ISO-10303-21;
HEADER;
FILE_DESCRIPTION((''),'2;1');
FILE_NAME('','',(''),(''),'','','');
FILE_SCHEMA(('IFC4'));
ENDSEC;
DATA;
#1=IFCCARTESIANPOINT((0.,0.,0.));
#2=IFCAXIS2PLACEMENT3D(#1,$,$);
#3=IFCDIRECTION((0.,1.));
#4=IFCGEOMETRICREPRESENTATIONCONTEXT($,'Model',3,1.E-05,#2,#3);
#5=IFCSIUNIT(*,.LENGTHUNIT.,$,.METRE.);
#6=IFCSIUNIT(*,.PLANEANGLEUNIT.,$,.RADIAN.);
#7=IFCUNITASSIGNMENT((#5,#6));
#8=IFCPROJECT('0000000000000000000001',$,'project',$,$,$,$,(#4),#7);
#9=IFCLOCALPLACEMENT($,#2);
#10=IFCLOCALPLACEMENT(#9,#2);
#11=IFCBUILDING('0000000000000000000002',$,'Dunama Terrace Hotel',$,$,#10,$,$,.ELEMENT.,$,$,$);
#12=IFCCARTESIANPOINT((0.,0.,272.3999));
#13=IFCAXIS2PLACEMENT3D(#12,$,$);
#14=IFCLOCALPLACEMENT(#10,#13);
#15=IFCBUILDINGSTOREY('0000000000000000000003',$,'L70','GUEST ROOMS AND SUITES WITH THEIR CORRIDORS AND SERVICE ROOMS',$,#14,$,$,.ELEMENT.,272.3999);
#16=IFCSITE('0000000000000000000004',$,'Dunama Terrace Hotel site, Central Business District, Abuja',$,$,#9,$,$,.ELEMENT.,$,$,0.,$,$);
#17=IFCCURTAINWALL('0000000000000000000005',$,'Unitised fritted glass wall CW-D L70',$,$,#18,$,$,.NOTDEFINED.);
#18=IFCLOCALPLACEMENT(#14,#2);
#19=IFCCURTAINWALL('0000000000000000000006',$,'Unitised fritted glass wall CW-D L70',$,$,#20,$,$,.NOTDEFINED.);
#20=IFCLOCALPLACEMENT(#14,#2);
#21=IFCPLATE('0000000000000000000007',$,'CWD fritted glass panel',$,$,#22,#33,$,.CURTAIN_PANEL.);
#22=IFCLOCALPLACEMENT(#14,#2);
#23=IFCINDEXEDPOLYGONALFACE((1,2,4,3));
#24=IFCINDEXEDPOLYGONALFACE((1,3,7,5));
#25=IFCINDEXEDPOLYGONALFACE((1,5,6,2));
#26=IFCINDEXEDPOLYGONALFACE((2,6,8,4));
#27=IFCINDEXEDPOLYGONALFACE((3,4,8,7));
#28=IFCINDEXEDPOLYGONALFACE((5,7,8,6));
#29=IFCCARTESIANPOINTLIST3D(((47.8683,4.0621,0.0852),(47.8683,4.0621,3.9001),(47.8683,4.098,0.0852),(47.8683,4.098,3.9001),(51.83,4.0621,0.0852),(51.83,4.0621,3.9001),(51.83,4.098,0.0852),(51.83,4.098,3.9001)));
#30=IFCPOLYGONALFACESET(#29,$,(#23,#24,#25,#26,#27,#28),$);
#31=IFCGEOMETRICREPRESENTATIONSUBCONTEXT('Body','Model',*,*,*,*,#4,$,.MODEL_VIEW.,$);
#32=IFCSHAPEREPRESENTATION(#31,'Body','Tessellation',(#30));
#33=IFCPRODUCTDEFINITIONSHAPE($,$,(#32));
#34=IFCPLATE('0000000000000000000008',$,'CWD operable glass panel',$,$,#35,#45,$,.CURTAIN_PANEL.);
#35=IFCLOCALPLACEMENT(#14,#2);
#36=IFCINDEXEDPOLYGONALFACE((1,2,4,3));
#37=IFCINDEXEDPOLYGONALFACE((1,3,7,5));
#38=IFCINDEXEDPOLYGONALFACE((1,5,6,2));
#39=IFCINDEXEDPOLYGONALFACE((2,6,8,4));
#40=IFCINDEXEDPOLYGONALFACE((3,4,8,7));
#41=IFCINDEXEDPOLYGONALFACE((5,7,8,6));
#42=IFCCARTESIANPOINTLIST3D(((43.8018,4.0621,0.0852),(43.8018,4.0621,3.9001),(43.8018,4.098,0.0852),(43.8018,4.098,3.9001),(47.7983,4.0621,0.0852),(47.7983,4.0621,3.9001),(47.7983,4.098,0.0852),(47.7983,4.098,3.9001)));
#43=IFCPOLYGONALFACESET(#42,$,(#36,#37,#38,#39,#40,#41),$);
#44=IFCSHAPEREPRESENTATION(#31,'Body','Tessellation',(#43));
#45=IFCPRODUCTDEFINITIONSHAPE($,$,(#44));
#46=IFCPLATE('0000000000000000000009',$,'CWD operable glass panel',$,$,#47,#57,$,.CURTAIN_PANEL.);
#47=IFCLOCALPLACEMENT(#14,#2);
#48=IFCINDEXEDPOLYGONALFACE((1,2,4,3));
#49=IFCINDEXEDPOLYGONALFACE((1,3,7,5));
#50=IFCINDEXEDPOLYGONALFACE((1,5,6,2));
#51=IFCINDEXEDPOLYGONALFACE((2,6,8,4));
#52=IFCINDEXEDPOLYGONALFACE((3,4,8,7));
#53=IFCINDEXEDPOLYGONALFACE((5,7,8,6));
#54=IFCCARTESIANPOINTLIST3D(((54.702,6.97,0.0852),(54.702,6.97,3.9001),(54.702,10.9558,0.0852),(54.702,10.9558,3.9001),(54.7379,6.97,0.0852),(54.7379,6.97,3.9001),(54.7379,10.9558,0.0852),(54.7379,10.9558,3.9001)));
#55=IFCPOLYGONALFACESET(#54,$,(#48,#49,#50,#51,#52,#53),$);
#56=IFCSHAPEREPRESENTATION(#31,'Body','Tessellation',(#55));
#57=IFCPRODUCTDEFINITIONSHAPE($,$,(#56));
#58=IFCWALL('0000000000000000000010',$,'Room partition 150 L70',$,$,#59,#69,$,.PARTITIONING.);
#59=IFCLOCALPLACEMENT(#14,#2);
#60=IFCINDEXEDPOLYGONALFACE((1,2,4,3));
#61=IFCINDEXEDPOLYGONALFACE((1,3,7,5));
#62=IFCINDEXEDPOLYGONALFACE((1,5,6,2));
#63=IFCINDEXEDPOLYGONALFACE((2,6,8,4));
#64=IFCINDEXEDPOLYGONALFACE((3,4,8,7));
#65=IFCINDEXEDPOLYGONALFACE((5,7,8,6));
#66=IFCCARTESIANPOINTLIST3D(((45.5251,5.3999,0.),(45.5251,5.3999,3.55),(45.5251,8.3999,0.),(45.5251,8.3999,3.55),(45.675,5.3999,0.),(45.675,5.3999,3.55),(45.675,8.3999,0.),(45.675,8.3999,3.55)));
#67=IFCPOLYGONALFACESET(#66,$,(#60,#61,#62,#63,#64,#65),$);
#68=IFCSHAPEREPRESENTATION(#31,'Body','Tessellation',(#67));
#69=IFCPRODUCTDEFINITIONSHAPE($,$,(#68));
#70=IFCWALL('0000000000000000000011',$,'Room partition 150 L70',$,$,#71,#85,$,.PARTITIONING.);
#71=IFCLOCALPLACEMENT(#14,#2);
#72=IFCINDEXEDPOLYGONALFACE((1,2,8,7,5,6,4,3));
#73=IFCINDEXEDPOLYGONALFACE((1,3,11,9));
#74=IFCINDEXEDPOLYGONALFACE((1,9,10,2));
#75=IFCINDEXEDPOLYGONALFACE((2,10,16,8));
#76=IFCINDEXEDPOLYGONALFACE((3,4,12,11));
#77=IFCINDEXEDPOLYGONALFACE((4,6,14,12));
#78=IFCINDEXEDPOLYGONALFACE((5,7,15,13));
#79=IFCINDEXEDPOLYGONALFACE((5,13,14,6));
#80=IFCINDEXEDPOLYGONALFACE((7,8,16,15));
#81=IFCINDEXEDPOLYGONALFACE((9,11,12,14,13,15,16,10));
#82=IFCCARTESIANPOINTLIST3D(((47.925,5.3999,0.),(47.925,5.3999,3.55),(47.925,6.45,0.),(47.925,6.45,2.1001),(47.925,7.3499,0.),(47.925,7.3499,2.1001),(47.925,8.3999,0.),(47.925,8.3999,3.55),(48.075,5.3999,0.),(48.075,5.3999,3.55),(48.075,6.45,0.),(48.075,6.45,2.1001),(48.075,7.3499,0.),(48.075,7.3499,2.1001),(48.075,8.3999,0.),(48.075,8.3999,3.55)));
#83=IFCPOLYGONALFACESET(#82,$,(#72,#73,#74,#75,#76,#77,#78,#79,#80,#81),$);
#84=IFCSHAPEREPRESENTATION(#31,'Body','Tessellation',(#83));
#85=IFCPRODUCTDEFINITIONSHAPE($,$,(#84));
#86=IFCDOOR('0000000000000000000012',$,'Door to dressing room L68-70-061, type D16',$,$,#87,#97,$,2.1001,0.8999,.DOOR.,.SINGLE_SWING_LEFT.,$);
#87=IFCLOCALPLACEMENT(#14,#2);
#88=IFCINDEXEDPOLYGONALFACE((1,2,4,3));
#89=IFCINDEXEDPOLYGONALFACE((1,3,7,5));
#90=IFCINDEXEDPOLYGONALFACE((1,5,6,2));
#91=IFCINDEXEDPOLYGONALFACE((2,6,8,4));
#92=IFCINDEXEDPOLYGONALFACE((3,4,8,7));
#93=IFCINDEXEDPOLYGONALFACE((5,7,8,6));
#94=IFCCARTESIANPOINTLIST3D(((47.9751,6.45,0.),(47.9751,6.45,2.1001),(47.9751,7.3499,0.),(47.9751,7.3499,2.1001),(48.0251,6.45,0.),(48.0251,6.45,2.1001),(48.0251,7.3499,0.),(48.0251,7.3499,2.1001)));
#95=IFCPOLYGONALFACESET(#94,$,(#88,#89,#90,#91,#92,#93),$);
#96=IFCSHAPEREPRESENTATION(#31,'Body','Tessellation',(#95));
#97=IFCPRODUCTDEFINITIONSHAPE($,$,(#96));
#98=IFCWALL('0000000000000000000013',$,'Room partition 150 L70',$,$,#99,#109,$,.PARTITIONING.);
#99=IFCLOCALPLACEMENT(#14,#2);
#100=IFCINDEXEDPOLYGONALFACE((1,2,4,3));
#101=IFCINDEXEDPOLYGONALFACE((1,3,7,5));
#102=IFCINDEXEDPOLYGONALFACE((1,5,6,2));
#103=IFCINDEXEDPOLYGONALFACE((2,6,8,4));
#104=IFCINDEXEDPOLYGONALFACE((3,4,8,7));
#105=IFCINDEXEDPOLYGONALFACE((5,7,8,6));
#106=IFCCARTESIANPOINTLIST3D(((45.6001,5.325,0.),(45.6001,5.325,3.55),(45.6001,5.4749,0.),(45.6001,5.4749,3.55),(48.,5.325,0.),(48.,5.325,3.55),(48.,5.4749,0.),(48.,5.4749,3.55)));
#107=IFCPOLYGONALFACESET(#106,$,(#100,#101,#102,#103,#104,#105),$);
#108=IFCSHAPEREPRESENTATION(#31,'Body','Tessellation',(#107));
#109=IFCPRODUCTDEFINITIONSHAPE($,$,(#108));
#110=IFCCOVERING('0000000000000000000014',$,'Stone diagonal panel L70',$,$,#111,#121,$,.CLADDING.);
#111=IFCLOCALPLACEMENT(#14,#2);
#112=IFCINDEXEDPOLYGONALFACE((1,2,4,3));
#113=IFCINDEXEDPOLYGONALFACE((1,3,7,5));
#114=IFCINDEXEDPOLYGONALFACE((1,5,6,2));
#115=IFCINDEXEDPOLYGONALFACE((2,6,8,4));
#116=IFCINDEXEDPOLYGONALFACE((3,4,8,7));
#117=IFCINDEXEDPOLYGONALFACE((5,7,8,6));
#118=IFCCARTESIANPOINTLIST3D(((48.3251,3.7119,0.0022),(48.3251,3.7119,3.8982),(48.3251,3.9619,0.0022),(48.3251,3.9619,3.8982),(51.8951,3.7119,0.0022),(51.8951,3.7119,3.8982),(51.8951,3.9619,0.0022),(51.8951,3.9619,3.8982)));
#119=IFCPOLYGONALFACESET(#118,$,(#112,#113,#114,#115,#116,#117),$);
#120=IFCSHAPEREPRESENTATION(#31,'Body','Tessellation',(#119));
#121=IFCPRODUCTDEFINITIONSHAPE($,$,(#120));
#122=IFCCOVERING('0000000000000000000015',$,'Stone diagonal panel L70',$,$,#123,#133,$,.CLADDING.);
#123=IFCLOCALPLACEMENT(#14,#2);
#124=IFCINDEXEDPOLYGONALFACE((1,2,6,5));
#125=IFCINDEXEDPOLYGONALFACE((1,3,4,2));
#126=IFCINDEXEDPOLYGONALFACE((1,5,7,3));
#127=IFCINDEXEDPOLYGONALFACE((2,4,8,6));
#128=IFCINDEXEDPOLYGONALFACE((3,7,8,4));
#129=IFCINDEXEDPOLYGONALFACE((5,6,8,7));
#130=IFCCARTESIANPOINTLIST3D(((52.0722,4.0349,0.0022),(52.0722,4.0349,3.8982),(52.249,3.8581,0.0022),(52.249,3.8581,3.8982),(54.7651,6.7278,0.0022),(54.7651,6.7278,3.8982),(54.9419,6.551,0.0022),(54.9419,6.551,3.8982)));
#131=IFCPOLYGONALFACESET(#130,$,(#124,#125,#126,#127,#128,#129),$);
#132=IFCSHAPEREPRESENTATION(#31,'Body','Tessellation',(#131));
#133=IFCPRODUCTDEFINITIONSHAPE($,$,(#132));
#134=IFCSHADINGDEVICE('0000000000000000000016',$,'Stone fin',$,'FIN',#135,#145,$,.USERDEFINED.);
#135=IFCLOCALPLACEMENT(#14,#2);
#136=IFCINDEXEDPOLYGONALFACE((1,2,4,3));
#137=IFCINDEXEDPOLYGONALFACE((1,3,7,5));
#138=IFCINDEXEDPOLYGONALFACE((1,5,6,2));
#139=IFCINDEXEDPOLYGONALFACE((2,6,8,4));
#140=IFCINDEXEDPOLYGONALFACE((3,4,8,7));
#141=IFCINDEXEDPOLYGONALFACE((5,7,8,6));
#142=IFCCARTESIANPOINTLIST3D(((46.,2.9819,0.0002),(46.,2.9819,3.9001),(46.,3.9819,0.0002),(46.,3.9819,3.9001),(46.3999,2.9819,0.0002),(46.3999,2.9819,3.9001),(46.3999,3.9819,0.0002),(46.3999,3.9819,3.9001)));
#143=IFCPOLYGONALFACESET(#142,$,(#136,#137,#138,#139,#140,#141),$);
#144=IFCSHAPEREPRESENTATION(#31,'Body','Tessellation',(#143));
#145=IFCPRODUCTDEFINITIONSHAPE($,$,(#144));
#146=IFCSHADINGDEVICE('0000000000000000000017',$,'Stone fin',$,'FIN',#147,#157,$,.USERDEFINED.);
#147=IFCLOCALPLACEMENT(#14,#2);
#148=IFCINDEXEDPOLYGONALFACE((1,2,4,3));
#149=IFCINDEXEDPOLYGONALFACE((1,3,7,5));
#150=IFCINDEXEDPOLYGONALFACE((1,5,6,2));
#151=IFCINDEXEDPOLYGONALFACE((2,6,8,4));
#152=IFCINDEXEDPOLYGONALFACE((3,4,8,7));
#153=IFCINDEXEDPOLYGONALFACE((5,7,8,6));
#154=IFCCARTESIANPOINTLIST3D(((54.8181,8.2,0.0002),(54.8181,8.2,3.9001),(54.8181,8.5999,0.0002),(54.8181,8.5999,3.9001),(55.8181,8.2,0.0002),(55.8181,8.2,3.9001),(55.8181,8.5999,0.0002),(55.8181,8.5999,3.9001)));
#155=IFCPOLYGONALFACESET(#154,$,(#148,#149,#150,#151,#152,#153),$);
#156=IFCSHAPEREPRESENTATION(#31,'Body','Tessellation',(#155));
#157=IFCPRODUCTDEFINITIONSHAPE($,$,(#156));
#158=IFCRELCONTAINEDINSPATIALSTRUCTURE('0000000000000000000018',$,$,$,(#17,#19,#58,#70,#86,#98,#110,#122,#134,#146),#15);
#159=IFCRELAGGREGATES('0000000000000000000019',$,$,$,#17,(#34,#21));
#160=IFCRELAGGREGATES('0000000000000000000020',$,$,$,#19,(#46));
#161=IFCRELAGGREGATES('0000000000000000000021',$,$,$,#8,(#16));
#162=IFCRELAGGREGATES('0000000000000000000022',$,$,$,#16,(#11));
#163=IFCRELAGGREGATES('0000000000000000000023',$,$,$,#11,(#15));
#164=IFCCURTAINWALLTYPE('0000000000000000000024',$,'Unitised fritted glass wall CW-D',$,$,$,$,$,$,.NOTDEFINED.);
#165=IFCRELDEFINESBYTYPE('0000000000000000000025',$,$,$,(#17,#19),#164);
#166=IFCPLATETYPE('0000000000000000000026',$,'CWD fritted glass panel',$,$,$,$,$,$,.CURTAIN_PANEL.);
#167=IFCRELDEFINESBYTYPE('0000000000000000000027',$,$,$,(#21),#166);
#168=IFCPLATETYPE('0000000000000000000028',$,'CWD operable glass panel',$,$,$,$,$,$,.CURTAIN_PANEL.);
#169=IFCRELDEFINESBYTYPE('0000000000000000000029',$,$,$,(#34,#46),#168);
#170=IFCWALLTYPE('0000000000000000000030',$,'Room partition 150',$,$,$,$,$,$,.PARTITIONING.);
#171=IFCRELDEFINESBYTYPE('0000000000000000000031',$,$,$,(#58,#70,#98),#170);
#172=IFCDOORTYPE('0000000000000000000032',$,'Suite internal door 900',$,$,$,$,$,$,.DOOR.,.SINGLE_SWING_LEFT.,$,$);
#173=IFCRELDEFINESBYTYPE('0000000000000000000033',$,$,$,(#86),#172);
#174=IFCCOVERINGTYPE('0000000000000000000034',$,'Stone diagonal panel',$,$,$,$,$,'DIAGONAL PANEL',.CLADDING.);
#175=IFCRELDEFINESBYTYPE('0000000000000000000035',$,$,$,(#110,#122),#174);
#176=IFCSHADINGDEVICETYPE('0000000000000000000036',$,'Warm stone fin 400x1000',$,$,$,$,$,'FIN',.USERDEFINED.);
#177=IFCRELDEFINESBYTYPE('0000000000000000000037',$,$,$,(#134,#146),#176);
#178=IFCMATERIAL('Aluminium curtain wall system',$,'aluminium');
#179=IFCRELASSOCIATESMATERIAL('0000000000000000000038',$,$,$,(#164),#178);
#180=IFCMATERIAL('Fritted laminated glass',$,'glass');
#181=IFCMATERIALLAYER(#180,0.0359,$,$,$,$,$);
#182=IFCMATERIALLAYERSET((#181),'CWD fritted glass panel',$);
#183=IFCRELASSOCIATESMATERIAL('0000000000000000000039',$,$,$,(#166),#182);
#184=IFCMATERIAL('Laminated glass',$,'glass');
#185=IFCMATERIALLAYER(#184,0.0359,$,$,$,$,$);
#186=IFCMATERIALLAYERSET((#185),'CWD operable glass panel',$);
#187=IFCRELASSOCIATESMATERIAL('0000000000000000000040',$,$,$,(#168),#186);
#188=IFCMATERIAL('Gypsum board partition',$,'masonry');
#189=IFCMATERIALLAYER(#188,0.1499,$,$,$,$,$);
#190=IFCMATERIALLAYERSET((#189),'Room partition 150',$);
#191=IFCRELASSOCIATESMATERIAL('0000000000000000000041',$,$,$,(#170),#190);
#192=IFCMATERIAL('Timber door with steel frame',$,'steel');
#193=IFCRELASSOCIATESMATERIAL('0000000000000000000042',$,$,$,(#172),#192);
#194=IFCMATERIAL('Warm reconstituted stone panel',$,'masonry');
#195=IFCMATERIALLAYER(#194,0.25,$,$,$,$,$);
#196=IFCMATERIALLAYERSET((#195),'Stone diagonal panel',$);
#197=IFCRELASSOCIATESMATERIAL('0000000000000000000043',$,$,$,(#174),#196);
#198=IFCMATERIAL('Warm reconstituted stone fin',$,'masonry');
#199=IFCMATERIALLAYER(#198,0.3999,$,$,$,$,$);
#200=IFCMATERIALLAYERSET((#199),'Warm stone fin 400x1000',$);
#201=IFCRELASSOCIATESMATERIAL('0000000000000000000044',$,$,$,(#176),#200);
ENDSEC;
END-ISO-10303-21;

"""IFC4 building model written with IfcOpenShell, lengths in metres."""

from ifc_helpers import new_model, si_unit, direction, frame, frame_2d, origin, origin_2d, place, context, subcontext, project, spatial, rectangle, extrude, material, layer, layer_set, type_object, element, fill, aggregate, save


model = new_model("IFC4")

# Units and contexts
model_context = context("Model", 3, precision=1e-05, world=origin(), true_north=direction((0.0, 1.0)))
body_context = subcontext(model_context, "Body", "Model", "MODEL_VIEW")
ifc_project = project(units=[si_unit("LENGTHUNIT", "METRE"), si_unit("PLANEANGLEUNIT", "RADIAN")], contexts=[model_context])

# Site, building, storey
site_placement = place(None, origin())
site = spatial("IfcSite", under=ifc_project, at=site_placement, Name="Dunama Terrace Hotel site, Central Business District, Abuja", CompositionType="ELEMENT", RefElevation=0.0)
building_placement = place(site_placement, origin())
building = spatial("IfcBuilding", under=site, at=building_placement, Name="Dunama Terrace Hotel", CompositionType="ELEMENT")
storey_placement = place(building_placement, frame((0.0, 0.0, 272.3999)))
storey = spatial("IfcBuildingStorey", under=building, at=storey_placement, Name="L70", Description="GUEST ROOMS AND SUITES WITH THEIR CORRIDORS AND SERVICE ROOMS", CompositionType="ELEMENT", Elevation=272.3999)

# Curtain wall
ifc_material_1 = material(Name="Aluminium curtain wall system", Category="aluminium")
curtain_wall_type = type_object("IfcCurtainWallType", Name="Unitised fritted glass wall CW-D", PredefinedType="NOTDEFINED", material=ifc_material_1)
curtain_wall_1_placement = place(storey_placement, origin())
curtain_wall_1 = element("IfcCurtainWall", 1, at=curtain_wall_1_placement, inside=storey, type_object=curtain_wall_type, Name="Unitised fritted glass wall CW-D L70", PredefinedType="NOTDEFINED")

# Curtain wall
curtain_wall_2_placement = place(storey_placement, origin())
curtain_wall_2 = element("IfcCurtainWall", 2, at=curtain_wall_2_placement, inside=storey, type_object=curtain_wall_type, Name="Unitised fritted glass wall CW-D L70", PredefinedType="NOTDEFINED")

# Plates
ifc_material_2 = material(Name="Fritted laminated glass", Category="glass")
ifc_layer_1 = layer(ifc_material_2, 0.0359)
ifc_layer_set_1 = layer_set([ifc_layer_1], Name="CWD fritted glass panel")
plate_type_1 = type_object("IfcPlateType", Name="CWD fritted glass panel", PredefinedType="CURTAIN_PANEL", material=ifc_layer_set_1)
plate_1_placement = place(storey_placement, frame((49.8491, 4.0801, 0.0852), z_axis=(0.0, 0.0, 1.0), x_axis=(1.0, 0.0, 0.0)))
plate_1 = element("IfcPlate", 3, at=plate_1_placement, type_object=plate_type_1, Name="CWD fritted glass panel", PredefinedType="CURTAIN_PANEL", context=body_context, shape_type="SweptSolid", body=[
    extrude(rectangle(XDim=3.9617, YDim=0.0359, at=origin_2d()), origin(), (0.0, 0.0, 1.0), 3.8149),
])
ifc_material_3 = material(Name="Laminated glass", Category="glass")
ifc_layer_2 = layer(ifc_material_3, 0.0359)
ifc_layer_set_2 = layer_set([ifc_layer_2], Name="CWD operable glass panel")
plate_type_2 = type_object("IfcPlateType", Name="CWD operable glass panel", PredefinedType="CURTAIN_PANEL", material=ifc_layer_set_2)
plate_2_placement = place(storey_placement, frame((45.8, 4.0801, 0.0852), z_axis=(0.0, 0.0, 1.0), x_axis=(1.0, 0.0, 0.0)))
plate_2 = element("IfcPlate", 4, at=plate_2_placement, type_object=plate_type_2, Name="CWD operable glass panel", PredefinedType="CURTAIN_PANEL", context=body_context, shape_type="SweptSolid", body=[
    extrude(rectangle(XDim=3.9966, YDim=0.0359, at=origin_2d()), origin(), (0.0, 0.0, 1.0), 3.8149),
])
aggregate(curtain_wall_1, [plate_2, plate_1])
plate_3_placement = place(storey_placement, frame((54.72, 8.9629, 0.0852), z_axis=(0.0, 0.0, 1.0), x_axis=(0.0, 1.0, 0.0)))
plate_3 = element("IfcPlate", 5, at=plate_3_placement, type_object=plate_type_2, Name="CWD operable glass panel", PredefinedType="CURTAIN_PANEL", context=body_context, shape_type="SweptSolid", body=[
    extrude(rectangle(XDim=3.9858, YDim=0.0359, at=origin_2d()), origin(), (0.0, 0.0, 1.0), 3.8149),
])
aggregate(curtain_wall_2, [plate_3])

# Wall
ifc_material_4 = material(Name="Gypsum board partition", Category="masonry")
ifc_layer_3 = layer(ifc_material_4, 0.1499)
ifc_layer_set_3 = layer_set([ifc_layer_3], Name="Room partition 150")
wall_type = type_object("IfcWallType", Name="Room partition 150", PredefinedType="PARTITIONING", material=ifc_layer_set_3)
wall_1_placement = place(storey_placement, frame((45.6001, 5.3999, 0.0), z_axis=(0.0, 0.0, 1.0), x_axis=(0.0, 1.0, 0.0)))
element("IfcWall", 6, at=wall_1_placement, inside=storey, type_object=wall_type, Name="Room partition 150 L70", PredefinedType="PARTITIONING", context=body_context, shape_type="SweptSolid", body=[
    extrude(rectangle(XDim=3.0, YDim=0.1499, at=frame_2d((1.5, 0.0))), origin(), (0.0, 0.0, 1.0), 3.55),
])

# Wall, opening, door
wall_2_placement = place(storey_placement, frame((48.0, 5.3999, 0.0), z_axis=(0.0, 0.0, 1.0), x_axis=(0.0, 1.0, 0.0)))
wall_2 = element("IfcWall", 7, at=wall_2_placement, inside=storey, type_object=wall_type, Name="Room partition 150 L70", PredefinedType="PARTITIONING", context=body_context, shape_type="SweptSolid", body=[
    extrude(rectangle(XDim=3.0, YDim=0.1499, at=frame_2d((1.5, 0.0))), origin(), (0.0, 0.0, 1.0), 3.55),
])
opening_placement = place(wall_2_placement, frame((1.05, 0.0, 0.0)))
opening = element("IfcOpeningElement", 8, at=opening_placement, cuts=wall_2, PredefinedType="OPENING", context=body_context, shape_type="SweptSolid", body=[
    extrude(rectangle(XDim=0.8999, YDim=2.1001, at=frame_2d((0.45, 1.05))), frame((0.0, 0.085, 0.0), z_axis=(0.0, -1.0, 0.0), x_axis=(1.0, 0.0, 0.0)), (0.0, 0.0, 1.0), 0.1699),
])
ifc_material_5 = material(Name="Timber door with steel frame", Category="steel")
door_type = type_object("IfcDoorType", Name="Suite internal door 900", OperationType="SINGLE_SWING_LEFT", PredefinedType="DOOR", material=ifc_material_5)
door_placement = place(opening_placement, origin())
door = element("IfcDoor", 9, at=door_placement, inside=storey, type_object=door_type, Name="Door to dressing room L68-70-061, type D16", OperationType="SINGLE_SWING_LEFT", OverallHeight=2.1001, OverallWidth=0.8999, PredefinedType="DOOR", context=body_context, shape_type="SweptSolid", body=[
    extrude(rectangle(XDim=0.8999, YDim=2.1001, at=frame_2d((0.45, 1.05))), frame((0.0, 0.0249, 0.0), z_axis=(0.0, -1.0, 0.0), x_axis=(1.0, 0.0, 0.0)), (0.0, 0.0, 1.0), 0.05),
])
fill(opening, door)

# Wall
wall_3_placement = place(storey_placement, frame((45.6001, 5.3999, 0.0), z_axis=(0.0, 0.0, 1.0), x_axis=(1.0, 0.0, 0.0)))
element("IfcWall", 10, at=wall_3_placement, inside=storey, type_object=wall_type, Name="Room partition 150 L70", PredefinedType="PARTITIONING", context=body_context, shape_type="SweptSolid", body=[
    extrude(rectangle(XDim=2.3999, YDim=0.1499, at=frame_2d((1.2, 0.0))), origin(), (0.0, 0.0, 1.0), 3.55),
])

# Coverings
ifc_material_6 = material(Name="Warm reconstituted stone panel", Category="masonry")
ifc_layer_4 = layer(ifc_material_6, 0.25)
ifc_layer_set_4 = layer_set([ifc_layer_4], Name="Stone diagonal panel")
covering_type = type_object("IfcCoveringType", Name="Stone diagonal panel", ElementType="DIAGONAL PANEL", PredefinedType="CLADDING", material=ifc_layer_set_4)
covering_1_placement = place(storey_placement, frame((50.1101, 3.8369, 0.0022), z_axis=(0.0, 0.0, 1.0), x_axis=(1.0, 0.0, 0.0)))
element("IfcCovering", 11, at=covering_1_placement, inside=storey, type_object=covering_type, Name="Stone diagonal panel L70", PredefinedType="CLADDING", context=body_context, shape_type="SweptSolid", body=[
    extrude(rectangle(XDim=3.5701, YDim=0.25, at=origin_2d()), origin(), (0.0, 0.0, 1.0), 3.896),
])
covering_2_placement = place(storey_placement, frame((53.5071, 5.293, 0.0022), z_axis=(0.0, 0.0, 1.0), x_axis=(0.707107, 0.707107, 0.0)))
element("IfcCovering", 12, at=covering_2_placement, inside=storey, type_object=covering_type, Name="Stone diagonal panel L70", PredefinedType="CLADDING", context=body_context, shape_type="SweptSolid", body=[
    extrude(rectangle(XDim=3.8083, YDim=0.25, at=origin_2d()), origin(), (0.0, 0.0, 1.0), 3.896),
])

# Shading devices
ifc_material_7 = material(Name="Warm reconstituted stone fin", Category="masonry")
ifc_layer_5 = layer(ifc_material_7, 0.3999)
ifc_layer_set_5 = layer_set([ifc_layer_5], Name="Warm stone fin 400x1000")
shading_device_type = type_object("IfcShadingDeviceType", Name="Warm stone fin 400x1000", ElementType="FIN", PredefinedType="USERDEFINED", material=ifc_layer_set_5)
for number, where, z_axis, x_axis, name in (
    (13, (46.2, 3.4819, 0.0002), (0.0, 0.0, 1.0), (1.0, 0.0, 0.0), "Stone fin"),
    (14, (55.3181, 8.3999, 0.0002), (0.0, 0.0, 1.0), (0.0, 1.0, 0.0), "Stone fin"),
):
    element("IfcShadingDevice", number, at=place(storey_placement, frame(where, z_axis=z_axis, x_axis=x_axis)), inside=storey, type_object=shading_device_type, Name=name, ObjectType="FIN", PredefinedType="USERDEFINED", context=body_context, shape_type="SweptSolid", body=[
        extrude(rectangle(XDim=0.3999, YDim=1.0, at=origin_2d()), origin(), (0.0, 0.0, 1.0), 3.8999),
    ])

save(model, "model.ifc")
